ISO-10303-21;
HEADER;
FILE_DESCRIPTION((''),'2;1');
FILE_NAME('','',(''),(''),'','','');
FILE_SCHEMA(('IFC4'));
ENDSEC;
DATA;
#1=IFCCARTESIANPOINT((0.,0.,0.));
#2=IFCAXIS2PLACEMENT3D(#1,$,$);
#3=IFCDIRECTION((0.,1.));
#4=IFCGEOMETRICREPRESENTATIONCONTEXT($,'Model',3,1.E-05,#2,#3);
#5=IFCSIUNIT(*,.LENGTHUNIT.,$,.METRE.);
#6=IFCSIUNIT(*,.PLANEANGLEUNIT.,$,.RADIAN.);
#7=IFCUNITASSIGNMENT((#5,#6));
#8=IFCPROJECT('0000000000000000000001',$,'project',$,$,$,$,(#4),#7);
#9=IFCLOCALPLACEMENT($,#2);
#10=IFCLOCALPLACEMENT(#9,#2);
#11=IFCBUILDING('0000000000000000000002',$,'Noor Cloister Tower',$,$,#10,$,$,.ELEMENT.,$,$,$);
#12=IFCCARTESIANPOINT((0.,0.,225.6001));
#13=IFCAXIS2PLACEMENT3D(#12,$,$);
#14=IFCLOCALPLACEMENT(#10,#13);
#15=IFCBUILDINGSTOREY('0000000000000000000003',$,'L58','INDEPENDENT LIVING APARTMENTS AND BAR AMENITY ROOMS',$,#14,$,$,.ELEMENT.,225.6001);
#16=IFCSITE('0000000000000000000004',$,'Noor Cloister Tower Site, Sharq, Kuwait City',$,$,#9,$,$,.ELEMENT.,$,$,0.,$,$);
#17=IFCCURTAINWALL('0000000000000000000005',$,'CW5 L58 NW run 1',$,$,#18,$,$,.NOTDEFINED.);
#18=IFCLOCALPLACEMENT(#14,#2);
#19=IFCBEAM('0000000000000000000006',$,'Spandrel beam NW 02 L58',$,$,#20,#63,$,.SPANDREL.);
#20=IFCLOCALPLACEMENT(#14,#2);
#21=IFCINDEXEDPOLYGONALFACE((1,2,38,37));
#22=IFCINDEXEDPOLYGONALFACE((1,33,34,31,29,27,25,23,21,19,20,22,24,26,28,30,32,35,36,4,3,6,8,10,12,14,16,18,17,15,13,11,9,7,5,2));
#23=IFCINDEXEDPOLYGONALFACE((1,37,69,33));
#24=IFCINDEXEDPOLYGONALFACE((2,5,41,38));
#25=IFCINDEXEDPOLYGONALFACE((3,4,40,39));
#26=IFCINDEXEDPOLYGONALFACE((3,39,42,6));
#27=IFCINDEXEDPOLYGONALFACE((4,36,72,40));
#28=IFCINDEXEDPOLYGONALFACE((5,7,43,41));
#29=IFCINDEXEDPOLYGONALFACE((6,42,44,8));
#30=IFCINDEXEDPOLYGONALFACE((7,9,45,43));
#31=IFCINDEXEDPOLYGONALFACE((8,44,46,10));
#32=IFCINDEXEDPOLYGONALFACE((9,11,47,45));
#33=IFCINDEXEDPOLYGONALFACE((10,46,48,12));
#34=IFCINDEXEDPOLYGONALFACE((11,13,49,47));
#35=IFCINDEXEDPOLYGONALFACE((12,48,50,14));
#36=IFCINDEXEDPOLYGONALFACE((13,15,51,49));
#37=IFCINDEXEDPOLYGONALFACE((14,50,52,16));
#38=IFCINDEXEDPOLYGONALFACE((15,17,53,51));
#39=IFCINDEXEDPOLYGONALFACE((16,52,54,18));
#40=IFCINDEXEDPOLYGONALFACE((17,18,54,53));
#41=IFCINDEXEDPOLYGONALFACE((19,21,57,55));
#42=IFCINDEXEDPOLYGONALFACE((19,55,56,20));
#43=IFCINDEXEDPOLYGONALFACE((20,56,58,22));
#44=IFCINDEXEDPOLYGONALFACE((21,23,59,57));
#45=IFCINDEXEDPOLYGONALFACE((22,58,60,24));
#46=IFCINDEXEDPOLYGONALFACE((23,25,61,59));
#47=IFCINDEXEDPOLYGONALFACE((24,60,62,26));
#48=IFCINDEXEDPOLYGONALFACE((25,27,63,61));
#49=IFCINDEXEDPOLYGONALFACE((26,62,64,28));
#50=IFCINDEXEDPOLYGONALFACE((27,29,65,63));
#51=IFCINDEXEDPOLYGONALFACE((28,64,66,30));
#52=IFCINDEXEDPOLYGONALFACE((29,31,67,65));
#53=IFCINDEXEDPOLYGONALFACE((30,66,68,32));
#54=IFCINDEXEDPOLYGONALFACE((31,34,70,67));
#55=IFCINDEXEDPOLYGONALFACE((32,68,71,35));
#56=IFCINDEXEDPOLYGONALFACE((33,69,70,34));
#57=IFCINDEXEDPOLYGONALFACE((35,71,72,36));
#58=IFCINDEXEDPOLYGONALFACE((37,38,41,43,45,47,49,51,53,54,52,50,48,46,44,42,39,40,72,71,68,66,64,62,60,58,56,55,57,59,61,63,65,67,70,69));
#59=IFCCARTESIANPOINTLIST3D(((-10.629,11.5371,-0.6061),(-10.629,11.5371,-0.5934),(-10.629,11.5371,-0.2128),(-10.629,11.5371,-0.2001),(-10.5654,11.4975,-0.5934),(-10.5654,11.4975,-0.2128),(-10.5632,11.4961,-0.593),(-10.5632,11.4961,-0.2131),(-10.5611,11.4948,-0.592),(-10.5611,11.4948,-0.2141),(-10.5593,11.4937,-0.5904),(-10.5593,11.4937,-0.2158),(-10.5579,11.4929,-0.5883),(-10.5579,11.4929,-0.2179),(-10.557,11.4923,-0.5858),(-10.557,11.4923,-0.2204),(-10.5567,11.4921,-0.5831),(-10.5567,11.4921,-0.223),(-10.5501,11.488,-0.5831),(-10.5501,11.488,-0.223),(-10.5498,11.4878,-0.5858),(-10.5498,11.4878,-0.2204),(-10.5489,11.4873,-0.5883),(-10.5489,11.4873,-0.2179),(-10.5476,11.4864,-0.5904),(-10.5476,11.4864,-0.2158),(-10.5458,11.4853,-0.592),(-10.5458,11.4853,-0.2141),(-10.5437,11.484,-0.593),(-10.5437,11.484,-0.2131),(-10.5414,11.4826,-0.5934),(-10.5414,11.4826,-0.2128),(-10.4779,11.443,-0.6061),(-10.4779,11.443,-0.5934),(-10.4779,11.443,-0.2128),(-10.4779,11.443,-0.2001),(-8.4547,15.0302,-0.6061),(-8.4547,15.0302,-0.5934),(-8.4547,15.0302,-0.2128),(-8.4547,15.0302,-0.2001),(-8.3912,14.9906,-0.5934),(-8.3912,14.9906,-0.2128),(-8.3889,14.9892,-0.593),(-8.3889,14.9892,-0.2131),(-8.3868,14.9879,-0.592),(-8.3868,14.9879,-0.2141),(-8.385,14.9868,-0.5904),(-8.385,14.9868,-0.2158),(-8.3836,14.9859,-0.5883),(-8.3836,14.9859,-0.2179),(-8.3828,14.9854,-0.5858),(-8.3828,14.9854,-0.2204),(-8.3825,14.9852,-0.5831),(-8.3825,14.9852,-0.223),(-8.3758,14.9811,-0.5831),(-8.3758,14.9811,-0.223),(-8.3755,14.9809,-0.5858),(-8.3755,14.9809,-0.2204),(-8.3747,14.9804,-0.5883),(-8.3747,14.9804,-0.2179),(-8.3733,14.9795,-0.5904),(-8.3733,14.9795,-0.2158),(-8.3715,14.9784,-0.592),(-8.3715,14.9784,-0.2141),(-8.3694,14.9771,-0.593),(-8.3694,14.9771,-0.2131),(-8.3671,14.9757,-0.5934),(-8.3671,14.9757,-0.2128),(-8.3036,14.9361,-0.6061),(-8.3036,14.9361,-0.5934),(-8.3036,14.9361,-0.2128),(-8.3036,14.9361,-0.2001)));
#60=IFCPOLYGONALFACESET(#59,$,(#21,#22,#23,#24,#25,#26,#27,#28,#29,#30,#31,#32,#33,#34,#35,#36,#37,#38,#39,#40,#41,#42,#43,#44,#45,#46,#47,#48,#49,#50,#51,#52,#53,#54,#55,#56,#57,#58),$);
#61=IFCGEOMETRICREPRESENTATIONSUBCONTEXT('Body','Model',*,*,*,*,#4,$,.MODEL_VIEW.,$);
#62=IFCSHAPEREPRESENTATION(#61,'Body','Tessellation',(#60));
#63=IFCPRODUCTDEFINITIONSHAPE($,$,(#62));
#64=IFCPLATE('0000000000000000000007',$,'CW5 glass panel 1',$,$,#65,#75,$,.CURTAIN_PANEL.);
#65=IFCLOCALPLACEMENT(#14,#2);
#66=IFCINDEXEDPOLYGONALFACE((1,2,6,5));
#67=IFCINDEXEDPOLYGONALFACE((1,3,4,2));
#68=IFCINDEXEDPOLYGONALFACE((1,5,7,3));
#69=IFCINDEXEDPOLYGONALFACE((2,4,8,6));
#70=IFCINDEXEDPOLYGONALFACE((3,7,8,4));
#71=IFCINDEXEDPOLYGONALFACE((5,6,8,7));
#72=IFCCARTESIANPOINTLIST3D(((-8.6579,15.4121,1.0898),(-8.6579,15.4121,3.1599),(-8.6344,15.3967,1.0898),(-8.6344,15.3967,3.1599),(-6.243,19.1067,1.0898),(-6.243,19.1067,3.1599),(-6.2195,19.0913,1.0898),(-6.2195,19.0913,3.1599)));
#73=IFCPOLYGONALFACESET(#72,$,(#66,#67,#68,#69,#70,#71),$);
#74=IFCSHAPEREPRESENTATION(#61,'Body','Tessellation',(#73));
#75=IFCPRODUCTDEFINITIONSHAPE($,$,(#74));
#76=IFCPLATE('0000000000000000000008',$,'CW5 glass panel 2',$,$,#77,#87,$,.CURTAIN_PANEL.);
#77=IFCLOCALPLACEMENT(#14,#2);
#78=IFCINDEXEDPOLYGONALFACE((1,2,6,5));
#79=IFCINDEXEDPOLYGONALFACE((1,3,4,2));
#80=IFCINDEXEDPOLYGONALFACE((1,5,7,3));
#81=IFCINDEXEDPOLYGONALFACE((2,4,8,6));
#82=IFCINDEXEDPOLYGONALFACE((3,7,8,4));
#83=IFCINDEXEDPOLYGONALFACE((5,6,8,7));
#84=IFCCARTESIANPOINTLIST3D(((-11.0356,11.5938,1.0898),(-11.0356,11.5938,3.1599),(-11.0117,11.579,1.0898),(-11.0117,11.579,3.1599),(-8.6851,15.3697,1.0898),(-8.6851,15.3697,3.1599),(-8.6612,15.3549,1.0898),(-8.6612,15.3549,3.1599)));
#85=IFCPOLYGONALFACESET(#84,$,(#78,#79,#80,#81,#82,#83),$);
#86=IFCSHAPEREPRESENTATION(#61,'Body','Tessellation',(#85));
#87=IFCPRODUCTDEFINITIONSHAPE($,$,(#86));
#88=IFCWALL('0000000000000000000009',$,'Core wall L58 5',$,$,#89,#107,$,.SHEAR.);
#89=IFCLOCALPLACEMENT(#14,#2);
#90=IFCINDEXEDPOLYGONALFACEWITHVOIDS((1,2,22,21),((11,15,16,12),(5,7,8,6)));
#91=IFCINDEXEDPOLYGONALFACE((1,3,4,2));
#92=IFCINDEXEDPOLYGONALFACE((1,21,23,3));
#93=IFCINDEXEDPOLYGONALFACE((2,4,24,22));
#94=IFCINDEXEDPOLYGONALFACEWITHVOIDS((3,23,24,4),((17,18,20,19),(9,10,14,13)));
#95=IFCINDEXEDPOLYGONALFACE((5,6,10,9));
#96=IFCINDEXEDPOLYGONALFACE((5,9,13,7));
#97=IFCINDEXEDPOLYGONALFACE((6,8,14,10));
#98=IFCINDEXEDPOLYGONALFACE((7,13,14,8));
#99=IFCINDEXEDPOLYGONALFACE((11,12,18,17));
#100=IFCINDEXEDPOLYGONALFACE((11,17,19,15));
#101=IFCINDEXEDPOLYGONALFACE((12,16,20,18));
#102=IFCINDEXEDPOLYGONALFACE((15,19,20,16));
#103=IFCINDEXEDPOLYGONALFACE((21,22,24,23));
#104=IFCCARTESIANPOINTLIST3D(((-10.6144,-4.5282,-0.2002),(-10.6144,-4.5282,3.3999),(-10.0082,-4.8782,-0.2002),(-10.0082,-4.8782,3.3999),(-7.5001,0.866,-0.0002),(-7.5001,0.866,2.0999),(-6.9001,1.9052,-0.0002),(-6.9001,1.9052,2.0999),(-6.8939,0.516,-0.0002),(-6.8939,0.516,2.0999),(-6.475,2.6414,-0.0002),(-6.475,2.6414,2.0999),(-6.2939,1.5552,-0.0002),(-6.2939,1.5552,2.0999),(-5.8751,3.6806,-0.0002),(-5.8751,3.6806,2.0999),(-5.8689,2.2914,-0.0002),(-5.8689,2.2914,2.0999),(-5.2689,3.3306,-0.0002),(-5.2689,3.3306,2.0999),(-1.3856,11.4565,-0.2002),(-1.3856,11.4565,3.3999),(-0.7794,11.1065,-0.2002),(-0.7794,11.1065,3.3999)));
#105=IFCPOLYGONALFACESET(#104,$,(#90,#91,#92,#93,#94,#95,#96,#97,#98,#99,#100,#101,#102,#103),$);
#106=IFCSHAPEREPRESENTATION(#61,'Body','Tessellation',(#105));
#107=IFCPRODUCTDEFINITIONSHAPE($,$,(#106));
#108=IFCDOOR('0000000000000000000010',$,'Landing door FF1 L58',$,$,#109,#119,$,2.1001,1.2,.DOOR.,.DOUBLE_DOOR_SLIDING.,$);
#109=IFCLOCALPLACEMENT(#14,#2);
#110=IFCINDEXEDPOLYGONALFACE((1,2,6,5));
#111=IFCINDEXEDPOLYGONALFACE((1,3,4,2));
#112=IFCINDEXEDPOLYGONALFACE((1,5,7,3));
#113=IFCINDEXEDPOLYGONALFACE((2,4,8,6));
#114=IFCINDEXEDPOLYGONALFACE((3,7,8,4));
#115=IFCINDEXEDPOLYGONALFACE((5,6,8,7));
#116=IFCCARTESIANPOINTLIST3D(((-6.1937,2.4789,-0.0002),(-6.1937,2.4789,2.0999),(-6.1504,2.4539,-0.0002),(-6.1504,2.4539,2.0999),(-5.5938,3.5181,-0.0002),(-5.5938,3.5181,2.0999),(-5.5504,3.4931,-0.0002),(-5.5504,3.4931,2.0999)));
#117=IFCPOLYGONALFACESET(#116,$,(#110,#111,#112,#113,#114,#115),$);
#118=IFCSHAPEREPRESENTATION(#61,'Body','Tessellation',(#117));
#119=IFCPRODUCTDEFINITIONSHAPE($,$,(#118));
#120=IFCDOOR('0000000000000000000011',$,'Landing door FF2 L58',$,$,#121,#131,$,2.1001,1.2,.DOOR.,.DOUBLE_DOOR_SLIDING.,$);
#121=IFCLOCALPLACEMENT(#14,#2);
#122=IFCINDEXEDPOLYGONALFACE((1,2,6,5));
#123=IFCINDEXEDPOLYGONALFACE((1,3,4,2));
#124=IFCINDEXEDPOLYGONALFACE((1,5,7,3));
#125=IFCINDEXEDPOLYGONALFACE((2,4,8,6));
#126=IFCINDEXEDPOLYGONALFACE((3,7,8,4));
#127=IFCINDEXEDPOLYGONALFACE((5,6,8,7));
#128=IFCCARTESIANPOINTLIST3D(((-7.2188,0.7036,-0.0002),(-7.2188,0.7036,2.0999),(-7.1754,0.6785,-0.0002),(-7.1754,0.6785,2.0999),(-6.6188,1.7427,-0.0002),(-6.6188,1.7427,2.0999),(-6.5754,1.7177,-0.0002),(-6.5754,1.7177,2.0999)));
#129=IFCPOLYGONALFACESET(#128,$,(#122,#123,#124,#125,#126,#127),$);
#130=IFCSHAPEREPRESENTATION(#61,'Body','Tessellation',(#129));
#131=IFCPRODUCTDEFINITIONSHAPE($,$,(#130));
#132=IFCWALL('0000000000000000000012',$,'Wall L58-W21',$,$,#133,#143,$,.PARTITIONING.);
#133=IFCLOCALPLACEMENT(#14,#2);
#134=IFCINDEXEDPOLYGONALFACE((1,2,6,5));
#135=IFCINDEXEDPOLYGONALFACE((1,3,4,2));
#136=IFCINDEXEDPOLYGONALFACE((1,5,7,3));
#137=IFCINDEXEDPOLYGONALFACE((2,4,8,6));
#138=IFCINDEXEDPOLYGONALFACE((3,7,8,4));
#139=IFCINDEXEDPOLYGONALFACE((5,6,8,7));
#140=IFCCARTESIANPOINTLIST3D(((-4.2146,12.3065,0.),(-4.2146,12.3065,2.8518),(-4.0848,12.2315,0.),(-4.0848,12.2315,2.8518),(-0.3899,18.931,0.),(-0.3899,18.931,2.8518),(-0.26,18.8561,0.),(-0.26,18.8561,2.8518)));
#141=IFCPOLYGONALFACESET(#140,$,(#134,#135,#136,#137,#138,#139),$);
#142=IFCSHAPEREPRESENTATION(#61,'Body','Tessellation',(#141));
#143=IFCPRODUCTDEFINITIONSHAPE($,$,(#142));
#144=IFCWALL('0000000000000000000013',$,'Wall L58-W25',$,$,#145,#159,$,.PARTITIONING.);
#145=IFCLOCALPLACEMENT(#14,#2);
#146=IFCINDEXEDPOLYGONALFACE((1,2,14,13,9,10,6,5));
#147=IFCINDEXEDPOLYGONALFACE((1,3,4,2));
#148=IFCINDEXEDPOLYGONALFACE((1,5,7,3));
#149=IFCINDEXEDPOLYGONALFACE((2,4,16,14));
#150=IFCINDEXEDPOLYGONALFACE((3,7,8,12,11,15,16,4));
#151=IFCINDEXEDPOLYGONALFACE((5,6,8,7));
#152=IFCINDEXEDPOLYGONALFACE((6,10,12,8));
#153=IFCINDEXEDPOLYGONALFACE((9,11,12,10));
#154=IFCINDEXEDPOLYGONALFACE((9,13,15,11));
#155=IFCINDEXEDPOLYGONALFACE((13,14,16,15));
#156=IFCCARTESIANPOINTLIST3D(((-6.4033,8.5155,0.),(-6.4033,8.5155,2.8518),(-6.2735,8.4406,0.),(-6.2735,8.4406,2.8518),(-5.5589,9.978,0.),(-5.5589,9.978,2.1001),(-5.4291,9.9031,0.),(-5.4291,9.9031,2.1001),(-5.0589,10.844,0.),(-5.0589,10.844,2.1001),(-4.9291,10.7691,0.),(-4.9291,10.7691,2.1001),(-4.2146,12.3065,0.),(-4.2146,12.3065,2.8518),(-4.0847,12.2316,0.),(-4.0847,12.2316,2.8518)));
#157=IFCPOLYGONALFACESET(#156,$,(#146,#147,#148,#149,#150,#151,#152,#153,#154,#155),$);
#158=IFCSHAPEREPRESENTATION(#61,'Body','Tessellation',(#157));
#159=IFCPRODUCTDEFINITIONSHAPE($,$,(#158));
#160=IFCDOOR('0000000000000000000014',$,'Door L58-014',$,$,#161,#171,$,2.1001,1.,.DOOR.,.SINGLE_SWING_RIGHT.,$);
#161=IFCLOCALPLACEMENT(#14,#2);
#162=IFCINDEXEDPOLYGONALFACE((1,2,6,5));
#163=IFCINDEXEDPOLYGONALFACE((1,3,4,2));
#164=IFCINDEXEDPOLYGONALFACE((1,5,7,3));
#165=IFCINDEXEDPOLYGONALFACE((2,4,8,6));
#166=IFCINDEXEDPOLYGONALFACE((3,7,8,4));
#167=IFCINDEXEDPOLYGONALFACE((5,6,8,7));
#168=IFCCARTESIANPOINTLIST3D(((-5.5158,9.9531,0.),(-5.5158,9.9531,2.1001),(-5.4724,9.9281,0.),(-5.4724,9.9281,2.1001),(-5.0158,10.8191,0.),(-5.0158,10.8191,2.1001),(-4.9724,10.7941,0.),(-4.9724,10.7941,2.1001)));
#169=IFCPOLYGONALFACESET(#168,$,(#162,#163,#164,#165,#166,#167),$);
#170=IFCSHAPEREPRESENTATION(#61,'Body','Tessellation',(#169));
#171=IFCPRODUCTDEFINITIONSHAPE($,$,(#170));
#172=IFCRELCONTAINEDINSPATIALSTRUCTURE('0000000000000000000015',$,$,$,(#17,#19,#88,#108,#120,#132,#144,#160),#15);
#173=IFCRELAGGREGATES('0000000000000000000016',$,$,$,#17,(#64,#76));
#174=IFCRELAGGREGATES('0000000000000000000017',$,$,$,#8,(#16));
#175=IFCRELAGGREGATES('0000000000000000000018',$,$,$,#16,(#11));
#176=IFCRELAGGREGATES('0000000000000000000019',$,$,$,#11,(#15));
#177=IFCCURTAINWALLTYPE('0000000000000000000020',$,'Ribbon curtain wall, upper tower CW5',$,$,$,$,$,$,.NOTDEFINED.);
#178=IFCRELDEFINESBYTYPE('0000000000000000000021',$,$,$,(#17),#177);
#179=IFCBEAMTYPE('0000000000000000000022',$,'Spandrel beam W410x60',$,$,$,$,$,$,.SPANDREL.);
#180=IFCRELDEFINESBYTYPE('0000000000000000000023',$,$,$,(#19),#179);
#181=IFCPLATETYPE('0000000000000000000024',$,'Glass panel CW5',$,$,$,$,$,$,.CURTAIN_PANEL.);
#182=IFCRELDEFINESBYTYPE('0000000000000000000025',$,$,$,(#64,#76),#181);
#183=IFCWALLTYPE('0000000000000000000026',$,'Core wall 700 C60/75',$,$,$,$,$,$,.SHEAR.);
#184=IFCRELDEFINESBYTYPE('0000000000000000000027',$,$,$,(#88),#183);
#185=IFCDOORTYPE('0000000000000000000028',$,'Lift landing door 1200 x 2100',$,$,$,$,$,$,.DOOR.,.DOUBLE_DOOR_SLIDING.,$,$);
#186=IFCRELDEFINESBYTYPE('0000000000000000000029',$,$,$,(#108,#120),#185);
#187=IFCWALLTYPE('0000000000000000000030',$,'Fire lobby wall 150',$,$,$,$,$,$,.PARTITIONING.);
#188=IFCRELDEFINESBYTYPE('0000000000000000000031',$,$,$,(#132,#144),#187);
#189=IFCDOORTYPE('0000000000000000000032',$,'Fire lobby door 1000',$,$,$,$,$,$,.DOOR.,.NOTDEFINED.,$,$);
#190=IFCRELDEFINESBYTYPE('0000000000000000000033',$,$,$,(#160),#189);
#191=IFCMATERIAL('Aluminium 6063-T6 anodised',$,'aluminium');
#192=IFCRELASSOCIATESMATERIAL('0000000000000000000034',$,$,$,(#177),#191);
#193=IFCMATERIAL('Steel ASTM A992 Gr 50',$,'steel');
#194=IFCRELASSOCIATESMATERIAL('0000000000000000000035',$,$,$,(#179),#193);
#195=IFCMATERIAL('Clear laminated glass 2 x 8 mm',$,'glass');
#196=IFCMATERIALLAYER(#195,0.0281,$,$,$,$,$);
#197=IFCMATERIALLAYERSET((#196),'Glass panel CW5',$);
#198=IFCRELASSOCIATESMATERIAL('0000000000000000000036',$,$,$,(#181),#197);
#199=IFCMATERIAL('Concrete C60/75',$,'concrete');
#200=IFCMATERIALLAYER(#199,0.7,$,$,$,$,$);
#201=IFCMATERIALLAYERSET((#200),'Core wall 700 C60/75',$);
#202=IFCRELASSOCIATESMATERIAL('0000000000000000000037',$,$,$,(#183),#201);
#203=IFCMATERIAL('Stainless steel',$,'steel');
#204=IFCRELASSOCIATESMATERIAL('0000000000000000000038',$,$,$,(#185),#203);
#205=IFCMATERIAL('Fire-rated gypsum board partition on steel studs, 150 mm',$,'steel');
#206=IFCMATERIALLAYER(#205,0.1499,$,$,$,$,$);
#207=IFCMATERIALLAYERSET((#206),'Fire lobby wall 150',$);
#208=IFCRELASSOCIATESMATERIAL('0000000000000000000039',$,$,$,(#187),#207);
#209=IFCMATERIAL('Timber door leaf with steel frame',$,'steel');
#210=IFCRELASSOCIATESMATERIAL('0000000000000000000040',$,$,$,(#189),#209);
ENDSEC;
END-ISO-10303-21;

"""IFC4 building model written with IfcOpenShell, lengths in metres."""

from ifc_helpers import new_model, si_unit, direction, frame, frame_2d, origin, origin_2d, place, context, subcontext, project, spatial, rectangle, i_section, extrude, material, layer, layer_set, material_profile, profile_set, type_object, element, fill, aggregate, save


model = new_model("IFC4")

# Units and contexts
model_context = context("Model", 3, precision=1e-05, world=origin(), true_north=direction((0.0, 1.0)))
body_context = subcontext(model_context, "Body", "Model", "MODEL_VIEW")
ifc_project = project(units=[si_unit("LENGTHUNIT", "METRE"), si_unit("PLANEANGLEUNIT", "RADIAN")], contexts=[model_context])

# Site, building, storey
site_placement = place(None, origin())
site = spatial("IfcSite", under=ifc_project, at=site_placement, Name="Noor Cloister Tower Site, Sharq, Kuwait City", CompositionType="ELEMENT", RefElevation=0.0)
building_placement = place(site_placement, origin())
building = spatial("IfcBuilding", under=site, at=building_placement, Name="Noor Cloister Tower", CompositionType="ELEMENT")
storey_placement = place(building_placement, frame((0.0, 0.0, 225.6001)))
storey = spatial("IfcBuildingStorey", under=building, at=storey_placement, Name="L58", Description="INDEPENDENT LIVING APARTMENTS AND BAR AMENITY ROOMS", CompositionType="ELEMENT", Elevation=225.6001)

# Curtain wall
ifc_material_1 = material(Name="Aluminium 6063-T6 anodised", Category="aluminium")
curtain_wall_type = type_object("IfcCurtainWallType", Name="Ribbon curtain wall, upper tower CW5", PredefinedType="NOTDEFINED", material=ifc_material_1)
curtain_wall_placement = place(storey_placement, origin())
curtain_wall = element("IfcCurtainWall", 1, at=curtain_wall_placement, inside=storey, type_object=curtain_wall_type, Name="CW5 L58 NW run 1", PredefinedType="NOTDEFINED")

# Beam
ifc_material_2 = material(Name="Steel ASTM A992 Gr 50", Category="steel")
ifc_material_profile_1 = material_profile(ifc_material_2, i_section(OverallWidth=0.178, OverallDepth=0.406, WebThickness=0.0078, FlangeThickness=0.0127, FilletRadius=0.0103, at=origin_2d()), Name="W410x60")
ifc_profile_set_1 = profile_set([ifc_material_profile_1], Name="Steel ASTM A992 Gr 50")
beam_type_1 = type_object("IfcBeamType", Name="Spandrel beam W410x60", PredefinedType="SPANDREL", material=ifc_profile_set_1)
beam_1_placement = place(storey_placement, frame((-8.3792, 14.9832, -0.4031), z_axis=(-0.528441, -0.84897, 0.0), x_axis=(0.84897, -0.528441, 0.0)))
element("IfcBeam", 2, at=beam_1_placement, inside=storey, type_object=beam_type_1, Name="Spandrel beam NW 02 L58", PredefinedType="SPANDREL", context=body_context, shape_type="SweptSolid", body=[
    extrude(i_section(OverallWidth=0.178, OverallDepth=0.406, WebThickness=0.0078, FlangeThickness=0.0127, FilletRadius=0.0103, at=origin_2d()), origin(), (0.0, 0.0, 1.0), 4.1145),
])

# Plates
ifc_material_3 = material(Name="Clear laminated glass 2 x 8 mm", Category="glass")
ifc_layer_1 = layer(ifc_material_3, 0.0281)
ifc_layer_set_1 = layer_set([ifc_layer_1], Name="Glass panel CW5")
plate_type = type_object("IfcPlateType", Name="Glass panel CW5", PredefinedType="CURTAIN_PANEL", material=ifc_layer_set_1)
plate_1_placement = place(storey_placement, frame((-7.4387, 17.2517, 1.0898), z_axis=(0.0, 0.0, 1.0), x_axis=(-0.547131, -0.837047, 0.0)))
plate_1 = element("IfcPlate", 3, at=plate_1_placement, type_object=plate_type, Name="CW5 glass panel 1", PredefinedType="CURTAIN_PANEL", context=body_context, shape_type="SweptSolid", body=[
    extrude(rectangle(XDim=4.4138, YDim=0.0281, at=origin_2d()), origin(), (0.0, 0.0, 1.0), 2.0701),
])
plate_2_placement = place(storey_placement, frame((-9.8484, 13.4744, 1.0898), z_axis=(0.0, 0.0, 1.0), x_axis=(-0.528471, -0.848951, 0.0)))
plate_2 = element("IfcPlate", 4, at=plate_2_placement, type_object=plate_type, Name="CW5 glass panel 2", PredefinedType="CURTAIN_PANEL", context=body_context, shape_type="SweptSolid", body=[
    extrude(rectangle(XDim=4.4478, YDim=0.0281, at=origin_2d()), origin(), (0.0, 0.0, 1.0), 2.0701),
])
aggregate(curtain_wall, [plate_1, plate_2])

# Wall, openings, doors
ifc_material_4 = material(Name="Concrete C60/75", Category="concrete")
ifc_layer_2 = layer(ifc_material_4, 0.7)
ifc_layer_set_2 = layer_set([ifc_layer_2], Name="Core wall 700 C60/75")
wall_type_1 = type_object("IfcWallType", Name="Core wall 700 C60/75", PredefinedType="SHEAR", material=ifc_layer_set_2)
wall_1_placement = place(storey_placement, frame((-1.0825, 11.2815, -0.2002), z_axis=(0.0, 0.0, 1.0), x_axis=(-0.500001, -0.866025, 0.0)))
wall_1 = element("IfcWall", 5, at=wall_1_placement, inside=storey, type_object=wall_type_1, Name="Core wall L58 5", PredefinedType="SHEAR", context=body_context, shape_type="SweptSolid", body=[
    extrude(rectangle(XDim=18.4575, YDim=0.7, at=frame_2d((9.2288, 0.0))), origin(), (0.0, 0.0, 1.0), 3.6001),
])
opening_1_placement = place(wall_1_placement, frame((8.9788, 0.0, 0.2)))
opening_1 = element("IfcOpeningElement", 6, at=opening_1_placement, cuts=wall_1, PredefinedType="OPENING", context=body_context, shape_type="SweptSolid", body=[
    extrude(rectangle(XDim=1.2, YDim=2.1001, at=frame_2d((0.6001, 1.05))), frame((0.0, 0.3599, 0.0), z_axis=(0.0, -1.0, 0.0), x_axis=(1.0, 0.0, 0.0)), (0.0, 0.0, 1.0), 0.72),
])
opening_2_placement = place(wall_1_placement, frame((11.0288, 0.0, 0.2)))
opening_2 = element("IfcOpeningElement", 7, at=opening_2_placement, cuts=wall_1, PredefinedType="OPENING", context=body_context, shape_type="SweptSolid", body=[
    extrude(rectangle(XDim=1.2, YDim=2.1001, at=frame_2d((0.6001, 1.05))), frame((0.0, 0.3599, 0.0), z_axis=(0.0, -1.0, 0.0), x_axis=(1.0, 0.0, 0.0)), (0.0, 0.0, 1.0), 0.72),
])
ifc_material_5 = material(Name="Stainless steel", Category="steel")
door_type_1 = type_object("IfcDoorType", Name="Lift landing door 1200 x 2100", OperationType="DOUBLE_DOOR_SLIDING", PredefinedType="DOOR", material=ifc_material_5)
door_1_placement = place(opening_1_placement, origin())
door_1 = element("IfcDoor", 8, at=door_1_placement, inside=storey, type_object=door_type_1, Name="Landing door FF1 L58", OperationType="DOUBLE_DOOR_SLIDING", OverallHeight=2.1001, OverallWidth=1.2, PredefinedType="DOOR", context=body_context, shape_type="SweptSolid", body=[
    extrude(rectangle(XDim=1.2, YDim=2.1001, at=frame_2d((0.6001, 1.05))), frame((0.0, 0.0249, 0.0), z_axis=(0.0, -1.0, 0.0), x_axis=(1.0, 0.0, 0.0)), (0.0, 0.0, 1.0), 0.05),
])
fill(opening_1, door_1)
door_2_placement = place(opening_2_placement, origin())
door_2 = element("IfcDoor", 9, at=door_2_placement, inside=storey, type_object=door_type_1, Name="Landing door FF2 L58", OperationType="DOUBLE_DOOR_SLIDING", OverallHeight=2.1001, OverallWidth=1.2, PredefinedType="DOOR", context=body_context, shape_type="SweptSolid", body=[
    extrude(rectangle(XDim=1.2, YDim=2.1001, at=frame_2d((0.6001, 1.05))), frame((0.0, 0.0249, 0.0), z_axis=(0.0, -1.0, 0.0), x_axis=(1.0, 0.0, 0.0)), (0.0, 0.0, 1.0), 0.05),
])
fill(opening_2, door_2)

# Wall
ifc_material_6 = material(Name="Fire-rated gypsum board partition on steel studs, 150 mm", Category="steel")
ifc_layer_3 = layer(ifc_material_6, 0.1499)
ifc_layer_set_3 = layer_set([ifc_layer_3], Name="Fire lobby wall 150")
wall_type_2 = type_object("IfcWallType", Name="Fire lobby wall 150", PredefinedType="PARTITIONING", material=ifc_layer_set_3)
wall_2_placement = place(storey_placement, frame((-0.325, 18.8936, 0.0), z_axis=(0.0, 0.0, 1.0), x_axis=(-0.500004, -0.866023, 0.0)))
element("IfcWall", 10, at=wall_2_placement, inside=storey, type_object=wall_type_2, Name="Wall L58-W21", PredefinedType="PARTITIONING", context=body_context, shape_type="SweptSolid", body=[
    extrude(rectangle(XDim=7.6494, YDim=0.1499, at=frame_2d((3.8247, 0.0))), origin(), (0.0, 0.0, 1.0), 2.8518),
])

# Wall, opening, door
wall_3_placement = place(storey_placement, frame((-4.1497, 12.269, 0.0), z_axis=(0.0, 0.0, 1.0), x_axis=(-0.499996, -0.866028, 0.0)))
wall_3 = element("IfcWall", 11, at=wall_3_placement, inside=storey, type_object=wall_type_2, Name="Wall L58-W25", PredefinedType="PARTITIONING", context=body_context, shape_type="SweptSolid", body=[
    extrude(rectangle(XDim=4.3774, YDim=0.1499, at=frame_2d((2.1887, 0.0))), origin(), (0.0, 0.0, 1.0), 2.8518),
])
opening_3_placement = place(wall_3_placement, frame((1.6887, 0.0, 0.0)))
opening_3 = element("IfcOpeningElement", 12, at=opening_3_placement, cuts=wall_3, PredefinedType="OPENING", context=body_context, shape_type="SweptSolid", body=[
    extrude(rectangle(XDim=1.0, YDim=2.1001, at=frame_2d((0.5, 1.05))), frame((0.0, 0.085, 0.0), z_axis=(0.0, -1.0, 0.0), x_axis=(1.0, 0.0, 0.0)), (0.0, 0.0, 1.0), 0.1699),
])
ifc_material_7 = material(Name="Timber door leaf with steel frame", Category="steel")
door_type_2 = type_object("IfcDoorType", Name="Fire lobby door 1000", OperationType="NOTDEFINED", PredefinedType="DOOR", material=ifc_material_7)
door_3_placement = place(opening_3_placement, origin())
door_3 = element("IfcDoor", 13, at=door_3_placement, inside=storey, type_object=door_type_2, Name="Door L58-014", OperationType="SINGLE_SWING_RIGHT", OverallHeight=2.1001, OverallWidth=1.0, PredefinedType="DOOR", context=body_context, shape_type="SweptSolid", body=[
    extrude(rectangle(XDim=1.0, YDim=2.1001, at=frame_2d((0.5, 1.05))), frame((0.0, 0.0249, 0.0), z_axis=(0.0, -1.0, 0.0), x_axis=(1.0, 0.0, 0.0)), (0.0, 0.0, 1.0), 0.05),
])
fill(opening_3, door_3)

save(model, "model.ifc")
